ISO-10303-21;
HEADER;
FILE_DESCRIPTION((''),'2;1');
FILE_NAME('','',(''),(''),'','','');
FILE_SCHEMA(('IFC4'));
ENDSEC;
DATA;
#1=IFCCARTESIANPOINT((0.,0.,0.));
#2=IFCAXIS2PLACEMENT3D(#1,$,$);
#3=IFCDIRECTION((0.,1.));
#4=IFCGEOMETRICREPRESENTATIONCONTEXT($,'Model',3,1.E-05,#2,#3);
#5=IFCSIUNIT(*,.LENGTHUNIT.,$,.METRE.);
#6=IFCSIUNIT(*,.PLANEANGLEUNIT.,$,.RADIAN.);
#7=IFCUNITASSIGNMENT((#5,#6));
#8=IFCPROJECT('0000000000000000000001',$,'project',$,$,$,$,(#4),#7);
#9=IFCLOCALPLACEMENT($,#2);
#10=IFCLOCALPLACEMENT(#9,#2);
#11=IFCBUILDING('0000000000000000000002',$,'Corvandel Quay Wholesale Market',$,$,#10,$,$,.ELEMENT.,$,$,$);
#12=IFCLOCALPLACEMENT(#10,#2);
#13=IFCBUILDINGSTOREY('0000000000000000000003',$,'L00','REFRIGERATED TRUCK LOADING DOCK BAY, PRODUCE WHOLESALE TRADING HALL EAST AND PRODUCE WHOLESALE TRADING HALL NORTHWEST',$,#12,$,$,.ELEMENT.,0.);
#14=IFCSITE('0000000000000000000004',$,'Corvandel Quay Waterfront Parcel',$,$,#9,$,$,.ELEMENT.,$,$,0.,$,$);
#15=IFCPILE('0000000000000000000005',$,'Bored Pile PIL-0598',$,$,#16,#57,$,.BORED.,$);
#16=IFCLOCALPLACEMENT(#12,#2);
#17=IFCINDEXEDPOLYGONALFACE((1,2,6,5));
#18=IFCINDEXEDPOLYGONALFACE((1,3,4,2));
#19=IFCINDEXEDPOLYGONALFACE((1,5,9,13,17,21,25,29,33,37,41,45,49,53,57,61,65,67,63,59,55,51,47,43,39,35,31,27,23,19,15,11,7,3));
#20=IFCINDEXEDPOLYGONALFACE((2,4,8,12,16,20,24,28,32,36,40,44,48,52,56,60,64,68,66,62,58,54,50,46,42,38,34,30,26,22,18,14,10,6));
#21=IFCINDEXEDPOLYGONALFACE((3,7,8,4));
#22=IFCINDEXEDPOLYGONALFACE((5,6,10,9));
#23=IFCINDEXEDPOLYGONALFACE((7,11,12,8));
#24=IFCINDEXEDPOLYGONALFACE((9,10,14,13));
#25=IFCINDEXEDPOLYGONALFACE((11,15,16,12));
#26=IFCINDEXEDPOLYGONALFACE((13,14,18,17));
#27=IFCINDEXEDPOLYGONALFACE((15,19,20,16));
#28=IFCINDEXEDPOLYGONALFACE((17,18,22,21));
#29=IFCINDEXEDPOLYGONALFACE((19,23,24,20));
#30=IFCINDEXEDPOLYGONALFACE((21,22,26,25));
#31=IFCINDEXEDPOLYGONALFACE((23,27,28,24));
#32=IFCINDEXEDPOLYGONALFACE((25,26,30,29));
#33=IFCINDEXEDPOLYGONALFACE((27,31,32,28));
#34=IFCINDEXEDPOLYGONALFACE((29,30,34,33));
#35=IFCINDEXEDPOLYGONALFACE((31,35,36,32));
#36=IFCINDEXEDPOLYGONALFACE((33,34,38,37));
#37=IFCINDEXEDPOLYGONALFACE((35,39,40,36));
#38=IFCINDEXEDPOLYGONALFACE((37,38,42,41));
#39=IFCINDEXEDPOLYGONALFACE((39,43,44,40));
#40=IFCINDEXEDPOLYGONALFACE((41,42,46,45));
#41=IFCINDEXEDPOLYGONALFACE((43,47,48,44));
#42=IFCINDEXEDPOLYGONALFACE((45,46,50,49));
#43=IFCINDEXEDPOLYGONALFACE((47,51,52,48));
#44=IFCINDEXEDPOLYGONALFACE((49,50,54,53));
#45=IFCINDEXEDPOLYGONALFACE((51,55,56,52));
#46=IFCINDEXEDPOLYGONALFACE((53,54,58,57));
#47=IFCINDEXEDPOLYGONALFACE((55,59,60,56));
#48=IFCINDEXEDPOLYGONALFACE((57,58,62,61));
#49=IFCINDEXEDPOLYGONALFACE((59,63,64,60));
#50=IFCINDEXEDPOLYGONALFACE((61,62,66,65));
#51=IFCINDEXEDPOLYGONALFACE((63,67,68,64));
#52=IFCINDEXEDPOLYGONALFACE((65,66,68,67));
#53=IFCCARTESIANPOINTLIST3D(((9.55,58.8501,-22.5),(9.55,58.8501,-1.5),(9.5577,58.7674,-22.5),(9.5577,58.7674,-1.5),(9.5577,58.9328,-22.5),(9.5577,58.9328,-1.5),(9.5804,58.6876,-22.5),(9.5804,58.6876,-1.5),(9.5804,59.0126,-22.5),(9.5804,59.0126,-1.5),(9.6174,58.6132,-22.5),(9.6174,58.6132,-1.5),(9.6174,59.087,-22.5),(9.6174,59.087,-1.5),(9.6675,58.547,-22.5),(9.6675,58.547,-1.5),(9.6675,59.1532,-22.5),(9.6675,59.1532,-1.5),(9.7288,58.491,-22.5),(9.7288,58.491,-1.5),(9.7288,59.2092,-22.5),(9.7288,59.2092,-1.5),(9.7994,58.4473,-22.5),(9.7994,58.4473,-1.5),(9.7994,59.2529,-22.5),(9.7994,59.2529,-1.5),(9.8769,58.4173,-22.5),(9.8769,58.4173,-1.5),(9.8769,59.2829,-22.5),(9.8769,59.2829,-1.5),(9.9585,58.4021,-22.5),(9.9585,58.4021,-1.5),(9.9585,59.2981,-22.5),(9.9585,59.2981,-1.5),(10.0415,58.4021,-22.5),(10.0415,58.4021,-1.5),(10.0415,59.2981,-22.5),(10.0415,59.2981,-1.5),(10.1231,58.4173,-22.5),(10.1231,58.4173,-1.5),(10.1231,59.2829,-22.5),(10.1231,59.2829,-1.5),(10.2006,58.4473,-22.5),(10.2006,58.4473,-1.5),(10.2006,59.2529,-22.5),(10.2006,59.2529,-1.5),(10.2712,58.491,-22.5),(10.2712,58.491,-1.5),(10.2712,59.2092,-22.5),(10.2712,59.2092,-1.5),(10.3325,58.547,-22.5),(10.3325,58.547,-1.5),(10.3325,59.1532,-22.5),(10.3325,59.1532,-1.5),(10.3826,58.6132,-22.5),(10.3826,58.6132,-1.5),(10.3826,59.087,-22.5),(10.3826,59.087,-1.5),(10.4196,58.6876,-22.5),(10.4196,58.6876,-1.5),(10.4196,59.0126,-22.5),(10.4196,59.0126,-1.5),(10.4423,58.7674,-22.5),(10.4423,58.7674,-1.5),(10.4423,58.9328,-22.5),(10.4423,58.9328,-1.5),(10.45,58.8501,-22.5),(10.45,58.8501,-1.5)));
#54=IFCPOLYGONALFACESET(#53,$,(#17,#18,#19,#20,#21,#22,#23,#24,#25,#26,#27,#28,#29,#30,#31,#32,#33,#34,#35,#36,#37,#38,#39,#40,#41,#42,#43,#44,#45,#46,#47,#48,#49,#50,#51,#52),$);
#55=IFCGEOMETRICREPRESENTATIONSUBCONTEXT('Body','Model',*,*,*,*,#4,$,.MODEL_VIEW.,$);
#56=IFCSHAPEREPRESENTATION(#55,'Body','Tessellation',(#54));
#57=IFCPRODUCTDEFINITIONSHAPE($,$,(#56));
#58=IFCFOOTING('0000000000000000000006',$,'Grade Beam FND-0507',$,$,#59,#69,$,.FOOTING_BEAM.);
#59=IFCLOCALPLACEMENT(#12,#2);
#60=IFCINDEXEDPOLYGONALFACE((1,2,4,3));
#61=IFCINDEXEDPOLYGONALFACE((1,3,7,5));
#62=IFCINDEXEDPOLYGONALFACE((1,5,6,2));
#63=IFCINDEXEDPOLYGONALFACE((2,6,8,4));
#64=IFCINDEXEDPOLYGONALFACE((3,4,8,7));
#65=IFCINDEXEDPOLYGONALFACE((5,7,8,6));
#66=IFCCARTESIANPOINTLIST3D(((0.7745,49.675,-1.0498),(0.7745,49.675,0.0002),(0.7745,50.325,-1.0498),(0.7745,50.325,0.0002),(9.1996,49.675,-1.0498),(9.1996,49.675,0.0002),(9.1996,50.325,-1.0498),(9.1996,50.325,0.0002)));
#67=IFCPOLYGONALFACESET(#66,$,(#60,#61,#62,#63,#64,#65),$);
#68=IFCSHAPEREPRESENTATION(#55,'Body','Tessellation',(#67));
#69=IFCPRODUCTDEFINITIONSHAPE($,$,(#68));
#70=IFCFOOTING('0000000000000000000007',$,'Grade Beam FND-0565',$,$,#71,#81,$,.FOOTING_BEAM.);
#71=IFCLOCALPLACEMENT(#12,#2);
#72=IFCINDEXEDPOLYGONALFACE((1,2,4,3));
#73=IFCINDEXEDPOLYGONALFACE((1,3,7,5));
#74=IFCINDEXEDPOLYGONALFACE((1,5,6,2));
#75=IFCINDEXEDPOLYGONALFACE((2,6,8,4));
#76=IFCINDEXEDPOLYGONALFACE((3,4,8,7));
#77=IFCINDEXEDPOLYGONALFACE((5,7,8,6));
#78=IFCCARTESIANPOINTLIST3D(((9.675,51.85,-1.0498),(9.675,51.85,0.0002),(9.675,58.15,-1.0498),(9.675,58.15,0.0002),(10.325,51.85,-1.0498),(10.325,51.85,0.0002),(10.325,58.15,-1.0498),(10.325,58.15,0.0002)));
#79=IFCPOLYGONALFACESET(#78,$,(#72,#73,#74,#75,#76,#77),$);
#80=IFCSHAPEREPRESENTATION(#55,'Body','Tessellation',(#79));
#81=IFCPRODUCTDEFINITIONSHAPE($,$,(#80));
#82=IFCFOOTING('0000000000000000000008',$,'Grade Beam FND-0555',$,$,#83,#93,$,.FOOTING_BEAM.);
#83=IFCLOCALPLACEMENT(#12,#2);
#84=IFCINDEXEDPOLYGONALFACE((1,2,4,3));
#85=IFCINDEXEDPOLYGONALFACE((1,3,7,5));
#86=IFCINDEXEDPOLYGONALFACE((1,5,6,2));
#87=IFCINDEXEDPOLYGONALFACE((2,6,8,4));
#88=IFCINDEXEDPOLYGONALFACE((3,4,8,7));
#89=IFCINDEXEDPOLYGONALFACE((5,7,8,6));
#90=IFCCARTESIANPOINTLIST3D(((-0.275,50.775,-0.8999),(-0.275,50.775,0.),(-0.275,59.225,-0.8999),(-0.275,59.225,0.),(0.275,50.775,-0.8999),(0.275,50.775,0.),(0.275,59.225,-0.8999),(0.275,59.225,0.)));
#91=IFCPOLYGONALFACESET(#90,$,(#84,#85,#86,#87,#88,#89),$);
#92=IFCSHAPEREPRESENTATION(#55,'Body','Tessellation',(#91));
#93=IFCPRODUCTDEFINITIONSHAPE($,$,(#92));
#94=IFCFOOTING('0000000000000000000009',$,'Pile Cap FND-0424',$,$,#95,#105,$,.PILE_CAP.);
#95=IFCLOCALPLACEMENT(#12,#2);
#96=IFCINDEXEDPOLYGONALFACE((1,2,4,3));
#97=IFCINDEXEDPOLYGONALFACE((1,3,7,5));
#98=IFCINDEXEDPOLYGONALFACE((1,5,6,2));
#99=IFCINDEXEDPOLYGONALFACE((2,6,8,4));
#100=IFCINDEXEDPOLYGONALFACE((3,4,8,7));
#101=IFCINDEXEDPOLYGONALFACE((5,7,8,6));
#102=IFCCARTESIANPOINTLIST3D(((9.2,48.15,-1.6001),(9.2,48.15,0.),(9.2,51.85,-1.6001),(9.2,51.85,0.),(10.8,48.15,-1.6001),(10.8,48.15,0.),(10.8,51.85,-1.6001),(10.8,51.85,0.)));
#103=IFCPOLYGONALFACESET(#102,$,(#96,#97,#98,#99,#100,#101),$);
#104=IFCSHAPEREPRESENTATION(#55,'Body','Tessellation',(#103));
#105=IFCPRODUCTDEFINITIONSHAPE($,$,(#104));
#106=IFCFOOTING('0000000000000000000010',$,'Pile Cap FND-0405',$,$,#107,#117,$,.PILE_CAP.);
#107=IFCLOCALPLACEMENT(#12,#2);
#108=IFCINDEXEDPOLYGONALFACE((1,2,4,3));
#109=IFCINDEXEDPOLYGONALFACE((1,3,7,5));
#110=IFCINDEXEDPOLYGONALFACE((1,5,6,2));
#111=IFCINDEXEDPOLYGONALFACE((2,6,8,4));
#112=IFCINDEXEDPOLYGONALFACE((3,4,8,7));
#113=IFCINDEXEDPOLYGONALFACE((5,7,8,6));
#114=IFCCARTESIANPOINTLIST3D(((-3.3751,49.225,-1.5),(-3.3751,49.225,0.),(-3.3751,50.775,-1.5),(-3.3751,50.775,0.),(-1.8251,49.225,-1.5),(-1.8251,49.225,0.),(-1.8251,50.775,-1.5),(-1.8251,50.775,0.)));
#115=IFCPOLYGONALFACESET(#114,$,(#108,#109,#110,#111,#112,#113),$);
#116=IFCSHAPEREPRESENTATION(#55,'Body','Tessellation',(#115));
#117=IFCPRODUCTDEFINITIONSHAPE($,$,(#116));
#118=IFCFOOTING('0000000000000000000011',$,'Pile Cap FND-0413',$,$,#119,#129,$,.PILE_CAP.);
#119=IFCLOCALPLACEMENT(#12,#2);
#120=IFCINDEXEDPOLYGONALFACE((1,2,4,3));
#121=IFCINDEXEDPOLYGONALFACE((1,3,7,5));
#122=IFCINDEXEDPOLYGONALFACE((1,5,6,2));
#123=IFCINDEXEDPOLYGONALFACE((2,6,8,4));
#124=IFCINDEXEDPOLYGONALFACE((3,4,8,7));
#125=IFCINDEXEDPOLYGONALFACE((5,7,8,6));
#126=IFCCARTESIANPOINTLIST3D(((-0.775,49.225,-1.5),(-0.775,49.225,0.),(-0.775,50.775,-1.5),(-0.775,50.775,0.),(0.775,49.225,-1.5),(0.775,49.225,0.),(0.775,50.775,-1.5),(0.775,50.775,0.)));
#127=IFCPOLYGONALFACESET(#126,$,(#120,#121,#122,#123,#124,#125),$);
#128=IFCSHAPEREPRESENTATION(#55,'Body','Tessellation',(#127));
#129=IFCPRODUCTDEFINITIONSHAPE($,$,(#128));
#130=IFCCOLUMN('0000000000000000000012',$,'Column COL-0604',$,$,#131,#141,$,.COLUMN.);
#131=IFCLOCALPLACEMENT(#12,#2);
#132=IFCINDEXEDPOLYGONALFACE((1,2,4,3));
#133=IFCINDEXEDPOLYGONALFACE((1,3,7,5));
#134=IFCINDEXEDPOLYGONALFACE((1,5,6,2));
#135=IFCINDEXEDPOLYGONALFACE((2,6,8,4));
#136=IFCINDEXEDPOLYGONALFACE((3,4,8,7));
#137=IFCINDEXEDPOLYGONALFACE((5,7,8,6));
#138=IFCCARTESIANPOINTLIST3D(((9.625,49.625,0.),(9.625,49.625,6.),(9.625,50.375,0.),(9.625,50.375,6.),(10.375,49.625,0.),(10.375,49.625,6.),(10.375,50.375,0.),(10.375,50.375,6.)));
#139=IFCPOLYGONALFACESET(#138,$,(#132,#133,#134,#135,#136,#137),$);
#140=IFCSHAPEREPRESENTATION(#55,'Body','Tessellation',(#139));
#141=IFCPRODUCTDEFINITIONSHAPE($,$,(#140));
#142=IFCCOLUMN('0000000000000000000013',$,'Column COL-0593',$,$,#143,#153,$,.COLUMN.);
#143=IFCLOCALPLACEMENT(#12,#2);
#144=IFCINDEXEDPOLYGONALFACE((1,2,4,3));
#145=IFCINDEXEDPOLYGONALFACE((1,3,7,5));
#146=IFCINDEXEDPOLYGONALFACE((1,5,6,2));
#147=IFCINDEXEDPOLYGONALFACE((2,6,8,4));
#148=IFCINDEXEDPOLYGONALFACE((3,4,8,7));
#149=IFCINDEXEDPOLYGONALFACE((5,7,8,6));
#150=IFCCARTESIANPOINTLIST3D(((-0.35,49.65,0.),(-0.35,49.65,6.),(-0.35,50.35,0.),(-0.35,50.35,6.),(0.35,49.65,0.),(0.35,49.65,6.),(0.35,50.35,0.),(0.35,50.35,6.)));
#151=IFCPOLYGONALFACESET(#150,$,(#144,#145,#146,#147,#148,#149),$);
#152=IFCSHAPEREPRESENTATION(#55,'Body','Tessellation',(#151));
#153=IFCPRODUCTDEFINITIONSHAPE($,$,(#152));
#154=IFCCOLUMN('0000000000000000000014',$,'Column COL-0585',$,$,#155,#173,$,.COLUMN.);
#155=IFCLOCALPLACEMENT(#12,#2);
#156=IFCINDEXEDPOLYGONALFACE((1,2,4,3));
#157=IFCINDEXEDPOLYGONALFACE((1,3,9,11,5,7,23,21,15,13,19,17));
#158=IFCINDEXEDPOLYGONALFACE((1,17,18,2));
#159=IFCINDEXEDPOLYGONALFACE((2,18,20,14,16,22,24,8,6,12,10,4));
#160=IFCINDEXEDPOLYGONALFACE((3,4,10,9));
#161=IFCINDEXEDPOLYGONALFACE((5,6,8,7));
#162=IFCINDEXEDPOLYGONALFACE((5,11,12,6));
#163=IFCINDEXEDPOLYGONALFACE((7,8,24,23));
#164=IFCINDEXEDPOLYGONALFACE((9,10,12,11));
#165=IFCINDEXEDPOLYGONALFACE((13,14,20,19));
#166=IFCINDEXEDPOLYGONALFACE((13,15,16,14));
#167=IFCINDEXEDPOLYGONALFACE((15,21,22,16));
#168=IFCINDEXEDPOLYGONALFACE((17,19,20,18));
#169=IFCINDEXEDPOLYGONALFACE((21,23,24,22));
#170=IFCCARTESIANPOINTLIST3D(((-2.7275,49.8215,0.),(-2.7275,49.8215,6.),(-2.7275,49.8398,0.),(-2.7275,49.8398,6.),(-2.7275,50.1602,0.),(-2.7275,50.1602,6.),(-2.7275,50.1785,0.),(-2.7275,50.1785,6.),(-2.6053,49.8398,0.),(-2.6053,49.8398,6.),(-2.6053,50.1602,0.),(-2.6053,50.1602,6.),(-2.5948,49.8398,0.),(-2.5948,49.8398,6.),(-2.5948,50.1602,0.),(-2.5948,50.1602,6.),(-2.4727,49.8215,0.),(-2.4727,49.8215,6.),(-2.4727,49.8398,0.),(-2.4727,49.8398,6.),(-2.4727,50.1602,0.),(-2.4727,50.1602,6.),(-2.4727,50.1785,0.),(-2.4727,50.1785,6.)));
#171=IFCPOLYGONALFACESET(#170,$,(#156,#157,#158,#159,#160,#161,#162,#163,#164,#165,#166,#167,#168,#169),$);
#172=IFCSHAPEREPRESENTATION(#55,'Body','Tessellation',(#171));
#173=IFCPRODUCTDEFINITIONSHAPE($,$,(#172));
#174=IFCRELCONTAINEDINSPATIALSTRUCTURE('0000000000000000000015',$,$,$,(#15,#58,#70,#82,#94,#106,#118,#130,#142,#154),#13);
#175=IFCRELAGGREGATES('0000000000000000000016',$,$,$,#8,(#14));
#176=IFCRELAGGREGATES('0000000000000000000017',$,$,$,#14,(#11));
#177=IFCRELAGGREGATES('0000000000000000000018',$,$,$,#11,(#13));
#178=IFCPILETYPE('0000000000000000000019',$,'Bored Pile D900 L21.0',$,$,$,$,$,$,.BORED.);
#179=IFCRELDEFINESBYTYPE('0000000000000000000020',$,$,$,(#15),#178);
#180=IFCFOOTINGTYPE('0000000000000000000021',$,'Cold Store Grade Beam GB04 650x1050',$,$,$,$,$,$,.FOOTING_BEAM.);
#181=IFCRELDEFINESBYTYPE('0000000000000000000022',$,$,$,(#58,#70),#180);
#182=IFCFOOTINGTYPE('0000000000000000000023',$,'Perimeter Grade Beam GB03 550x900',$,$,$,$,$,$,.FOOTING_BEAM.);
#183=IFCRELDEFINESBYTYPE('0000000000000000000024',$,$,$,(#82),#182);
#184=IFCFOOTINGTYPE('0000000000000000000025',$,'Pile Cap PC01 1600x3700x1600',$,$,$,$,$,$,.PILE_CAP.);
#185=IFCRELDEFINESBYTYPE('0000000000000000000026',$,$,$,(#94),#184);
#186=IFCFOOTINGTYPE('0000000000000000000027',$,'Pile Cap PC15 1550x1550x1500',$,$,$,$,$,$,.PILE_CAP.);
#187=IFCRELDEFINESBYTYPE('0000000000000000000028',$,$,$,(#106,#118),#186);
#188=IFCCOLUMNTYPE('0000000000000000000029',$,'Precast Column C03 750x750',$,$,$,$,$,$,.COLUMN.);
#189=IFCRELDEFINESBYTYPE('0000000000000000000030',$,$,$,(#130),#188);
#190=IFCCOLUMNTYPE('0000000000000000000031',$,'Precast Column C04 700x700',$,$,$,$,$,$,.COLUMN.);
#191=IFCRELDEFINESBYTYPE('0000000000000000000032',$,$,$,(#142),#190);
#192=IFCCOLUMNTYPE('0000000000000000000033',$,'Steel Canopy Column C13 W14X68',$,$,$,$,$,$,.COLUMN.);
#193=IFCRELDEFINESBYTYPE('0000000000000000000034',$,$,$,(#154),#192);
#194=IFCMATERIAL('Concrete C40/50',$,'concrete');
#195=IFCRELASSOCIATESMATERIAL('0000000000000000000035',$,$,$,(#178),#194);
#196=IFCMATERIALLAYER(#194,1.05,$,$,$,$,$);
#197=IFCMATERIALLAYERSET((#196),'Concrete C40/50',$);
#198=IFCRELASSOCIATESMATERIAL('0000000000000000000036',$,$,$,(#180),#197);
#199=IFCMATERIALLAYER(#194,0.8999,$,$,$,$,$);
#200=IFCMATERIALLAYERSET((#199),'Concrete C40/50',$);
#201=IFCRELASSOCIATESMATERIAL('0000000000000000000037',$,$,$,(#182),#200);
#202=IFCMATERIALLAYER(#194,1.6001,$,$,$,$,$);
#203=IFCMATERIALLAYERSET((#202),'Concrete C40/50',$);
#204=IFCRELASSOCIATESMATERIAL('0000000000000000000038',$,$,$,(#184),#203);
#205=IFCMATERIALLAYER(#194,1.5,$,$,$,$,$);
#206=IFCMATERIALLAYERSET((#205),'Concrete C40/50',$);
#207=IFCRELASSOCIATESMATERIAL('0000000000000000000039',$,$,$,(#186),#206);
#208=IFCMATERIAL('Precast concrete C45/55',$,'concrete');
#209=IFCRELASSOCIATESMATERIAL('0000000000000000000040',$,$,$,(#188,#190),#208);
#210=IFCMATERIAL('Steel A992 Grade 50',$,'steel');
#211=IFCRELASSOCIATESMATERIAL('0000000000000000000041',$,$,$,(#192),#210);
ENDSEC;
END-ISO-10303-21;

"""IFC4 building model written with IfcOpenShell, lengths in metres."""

from ifc_helpers import new_model, si_unit, direction, frame, origin, origin_2d, place, context, subcontext, project, spatial, rectangle, circle, i_section, extrude, material, layer, layer_set, material_profile, profile_set, type_object, element, save


model = new_model("IFC4")

# Units and contexts
model_context = context("Model", 3, precision=1e-05, world=origin(), true_north=direction((0.0, 1.0)))
body_context = subcontext(model_context, "Body", "Model", "MODEL_VIEW")
ifc_project = project(units=[si_unit("LENGTHUNIT", "METRE"), si_unit("PLANEANGLEUNIT", "RADIAN")], contexts=[model_context])

# Site, building, storey
site_placement = place(None, origin())
site = spatial("IfcSite", under=ifc_project, at=site_placement, Name="Corvandel Quay Waterfront Parcel", CompositionType="ELEMENT", RefElevation=0.0)
building_placement = place(site_placement, origin())
building = spatial("IfcBuilding", under=site, at=building_placement, Name="Corvandel Quay Wholesale Market", CompositionType="ELEMENT")
storey_placement = place(building_placement, origin())
storey = spatial("IfcBuildingStorey", under=building, at=storey_placement, Name="L00", Description="REFRIGERATED TRUCK LOADING DOCK BAY, PRODUCE WHOLESALE TRADING HALL EAST AND PRODUCE WHOLESALE TRADING HALL NORTHWEST", CompositionType="ELEMENT", Elevation=0.0)

# Pile
ifc_material_1 = material(Name="Concrete C40/50", Category="concrete")
ifc_material_profile_1 = material_profile(ifc_material_1, circle(Radius=0.45, at=origin_2d()), Name="RC-PILE-D900")
ifc_profile_set_1 = profile_set([ifc_material_profile_1], Name="Concrete C40/50")
pile_type = type_object("IfcPileType", Name="Bored Pile D900 L21.0", PredefinedType="BORED", material=ifc_profile_set_1)
for number, where, z_axis, x_axis, name in (
    (1, (10.0, 58.8501, -1.5), (0.0, 0.0, -1.0), (1.0, 0.0, 0.0), "Bored Pile PIL-0598"),
):
    element("IfcPile", number, at=place(storey_placement, frame(where, z_axis=z_axis, x_axis=x_axis)), inside=storey, type_object=pile_type, Name=name, PredefinedType="BORED", context=body_context, shape_type="SweptSolid", body=[
        extrude(circle(Radius=0.45, at=origin_2d()), origin(), (0.0, 0.0, 1.0), 21.0),
    ])

# Footings
ifc_layer_1 = layer(ifc_material_1, 1.05)
ifc_layer_set_1 = layer_set([ifc_layer_1], Name="Concrete C40/50")
footing_type_1 = type_object("IfcFootingType", Name="Cold Store Grade Beam GB04 650x1050", PredefinedType="FOOTING_BEAM", material=ifc_layer_set_1)
footing_1_placement = place(storey_placement, frame((4.9871, 50.0, -1.0498), z_axis=(0.0, 0.0, 1.0), x_axis=(1.0, 0.0, 0.0)))
element("IfcFooting", 2, at=footing_1_placement, inside=storey, type_object=footing_type_1, Name="Grade Beam FND-0507", PredefinedType="FOOTING_BEAM", context=body_context, shape_type="SweptSolid", body=[
    extrude(rectangle(XDim=8.425, YDim=0.6499, at=origin_2d()), origin(), (0.0, 0.0, 1.0), 1.05),
])
footing_2_placement = place(storey_placement, frame((10.0, 55.0, -1.0498), z_axis=(0.0, 0.0, 1.0), x_axis=(0.0, 1.0, 0.0)))
element("IfcFooting", 3, at=footing_2_placement, inside=storey, type_object=footing_type_1, Name="Grade Beam FND-0565", PredefinedType="FOOTING_BEAM", context=body_context, shape_type="SweptSolid", body=[
    extrude(rectangle(XDim=6.3, YDim=0.6499, at=origin_2d()), origin(), (0.0, 0.0, 1.0), 1.05),
])
ifc_layer_2 = layer(ifc_material_1, 0.8999)
ifc_layer_set_2 = layer_set([ifc_layer_2], Name="Concrete C40/50")
footing_type_2 = type_object("IfcFootingType", Name="Perimeter Grade Beam GB03 550x900", PredefinedType="FOOTING_BEAM", material=ifc_layer_set_2)
footing_3_placement = place(storey_placement, frame((0.0, 55.0, -0.8999), z_axis=(0.0, 0.0, 1.0), x_axis=(0.0, 1.0, 0.0)))
element("IfcFooting", 4, at=footing_3_placement, inside=storey, type_object=footing_type_2, Name="Grade Beam FND-0555", PredefinedType="FOOTING_BEAM", context=body_context, shape_type="SweptSolid", body=[
    extrude(rectangle(XDim=8.45, YDim=0.55, at=origin_2d()), origin(), (0.0, 0.0, 1.0), 0.8999),
])
ifc_layer_3 = layer(ifc_material_1, 1.6001)
ifc_layer_set_3 = layer_set([ifc_layer_3], Name="Concrete C40/50")
footing_type_3 = type_object("IfcFootingType", Name="Pile Cap PC01 1600x3700x1600", PredefinedType="PILE_CAP", material=ifc_layer_set_3)
footing_4_placement = place(storey_placement, frame((10.0, 50.0, -1.6001), z_axis=(0.0, 0.0, 1.0), x_axis=(1.0, 0.0, 0.0)))
element("IfcFooting", 5, at=footing_4_placement, inside=storey, type_object=footing_type_3, Name="Pile Cap FND-0424", PredefinedType="PILE_CAP", context=body_context, shape_type="SweptSolid", body=[
    extrude(rectangle(XDim=1.6001, YDim=3.7, at=origin_2d()), origin(), (0.0, 0.0, 1.0), 1.6001),
])
ifc_layer_4 = layer(ifc_material_1, 1.5)
ifc_layer_set_4 = layer_set([ifc_layer_4], Name="Concrete C40/50")
footing_type_4 = type_object("IfcFootingType", Name="Pile Cap PC15 1550x1550x1500", PredefinedType="PILE_CAP", material=ifc_layer_set_4)
for number, where, z_axis, x_axis, name in (
    (6, (-2.6001, 50.0, -1.5), (0.0, 0.0, 1.0), (1.0, 0.0, 0.0), "Pile Cap FND-0405"),
    (7, (0.0, 50.0, -1.5), (0.0, 0.0, 1.0), (1.0, 0.0, 0.0), "Pile Cap FND-0413"),
):
    element("IfcFooting", number, at=place(storey_placement, frame(where, z_axis=z_axis, x_axis=x_axis)), inside=storey, type_object=footing_type_4, Name=name, PredefinedType="PILE_CAP", context=body_context, shape_type="SweptSolid", body=[
        extrude(rectangle(XDim=1.55, YDim=1.55, at=origin_2d()), origin(), (0.0, 0.0, 1.0), 1.5),
    ])

# Columns
ifc_material_2 = material(Name="Precast concrete C45/55", Category="concrete")
ifc_material_profile_2 = material_profile(ifc_material_2, rectangle(XDim=0.75, YDim=0.75, at=origin_2d()), Name="PC-COL-750x750")
ifc_profile_set_2 = profile_set([ifc_material_profile_2], Name="Precast concrete C45/55")
column_type_1 = type_object("IfcColumnType", Name="Precast Column C03 750x750", PredefinedType="COLUMN", material=ifc_profile_set_2)
column_1_placement = place(storey_placement, frame((10.0, 50.0, 0.0), z_axis=(0.0, 0.0, 1.0), x_axis=(1.0, 0.0, 0.0)))
element("IfcColumn", 8, at=column_1_placement, inside=storey, type_object=column_type_1, Name="Column COL-0604", PredefinedType="COLUMN", context=body_context, shape_type="SweptSolid", body=[
    extrude(rectangle(XDim=0.75, YDim=0.75, at=origin_2d()), origin(), (0.0, 0.0, 1.0), 6.0),
])
ifc_material_profile_3 = material_profile(ifc_material_2, rectangle(XDim=0.7, YDim=0.7, at=origin_2d()), Name="PC-COL-700x700")
ifc_profile_set_3 = profile_set([ifc_material_profile_3], Name="Precast concrete C45/55")
column_type_2 = type_object("IfcColumnType", Name="Precast Column C04 700x700", PredefinedType="COLUMN", material=ifc_profile_set_3)
column_2_placement = place(storey_placement, frame((0.0, 50.0, 0.0), z_axis=(0.0, 0.0, 1.0), x_axis=(1.0, 0.0, 0.0)))
element("IfcColumn", 9, at=column_2_placement, inside=storey, type_object=column_type_2, Name="Column COL-0593", PredefinedType="COLUMN", context=body_context, shape_type="SweptSolid", body=[
    extrude(rectangle(XDim=0.7, YDim=0.7, at=origin_2d()), origin(), (0.0, 0.0, 1.0), 6.0),
])
ifc_material_3 = material(Name="Steel A992 Grade 50", Category="steel")
ifc_material_profile_4 = material_profile(ifc_material_3, i_section(OverallWidth=0.2549, OverallDepth=0.3569, WebThickness=0.0105, FlangeThickness=0.0183, at=origin_2d()), Name="W14X68")
ifc_profile_set_4 = profile_set([ifc_material_profile_4], Name="Steel A992 Grade 50")
column_type_3 = type_object("IfcColumnType", Name="Steel Canopy Column C13 W14X68", PredefinedType="COLUMN", material=ifc_profile_set_4)
column_3_placement = place(storey_placement, frame((-2.6001, 50.0, 0.0), z_axis=(0.0, 0.0, 1.0), x_axis=(1.0, 0.0, 0.0)))
element("IfcColumn", 10, at=column_3_placement, inside=storey, type_object=column_type_3, Name="Column COL-0585", PredefinedType="COLUMN", context=body_context, shape_type="SweptSolid", body=[
    extrude(i_section(OverallWidth=0.2549, OverallDepth=0.3569, WebThickness=0.0105, FlangeThickness=0.0183, at=origin_2d()), origin(), (0.0, 0.0, 1.0), 6.0),
])

save(model, "model.ifc")
